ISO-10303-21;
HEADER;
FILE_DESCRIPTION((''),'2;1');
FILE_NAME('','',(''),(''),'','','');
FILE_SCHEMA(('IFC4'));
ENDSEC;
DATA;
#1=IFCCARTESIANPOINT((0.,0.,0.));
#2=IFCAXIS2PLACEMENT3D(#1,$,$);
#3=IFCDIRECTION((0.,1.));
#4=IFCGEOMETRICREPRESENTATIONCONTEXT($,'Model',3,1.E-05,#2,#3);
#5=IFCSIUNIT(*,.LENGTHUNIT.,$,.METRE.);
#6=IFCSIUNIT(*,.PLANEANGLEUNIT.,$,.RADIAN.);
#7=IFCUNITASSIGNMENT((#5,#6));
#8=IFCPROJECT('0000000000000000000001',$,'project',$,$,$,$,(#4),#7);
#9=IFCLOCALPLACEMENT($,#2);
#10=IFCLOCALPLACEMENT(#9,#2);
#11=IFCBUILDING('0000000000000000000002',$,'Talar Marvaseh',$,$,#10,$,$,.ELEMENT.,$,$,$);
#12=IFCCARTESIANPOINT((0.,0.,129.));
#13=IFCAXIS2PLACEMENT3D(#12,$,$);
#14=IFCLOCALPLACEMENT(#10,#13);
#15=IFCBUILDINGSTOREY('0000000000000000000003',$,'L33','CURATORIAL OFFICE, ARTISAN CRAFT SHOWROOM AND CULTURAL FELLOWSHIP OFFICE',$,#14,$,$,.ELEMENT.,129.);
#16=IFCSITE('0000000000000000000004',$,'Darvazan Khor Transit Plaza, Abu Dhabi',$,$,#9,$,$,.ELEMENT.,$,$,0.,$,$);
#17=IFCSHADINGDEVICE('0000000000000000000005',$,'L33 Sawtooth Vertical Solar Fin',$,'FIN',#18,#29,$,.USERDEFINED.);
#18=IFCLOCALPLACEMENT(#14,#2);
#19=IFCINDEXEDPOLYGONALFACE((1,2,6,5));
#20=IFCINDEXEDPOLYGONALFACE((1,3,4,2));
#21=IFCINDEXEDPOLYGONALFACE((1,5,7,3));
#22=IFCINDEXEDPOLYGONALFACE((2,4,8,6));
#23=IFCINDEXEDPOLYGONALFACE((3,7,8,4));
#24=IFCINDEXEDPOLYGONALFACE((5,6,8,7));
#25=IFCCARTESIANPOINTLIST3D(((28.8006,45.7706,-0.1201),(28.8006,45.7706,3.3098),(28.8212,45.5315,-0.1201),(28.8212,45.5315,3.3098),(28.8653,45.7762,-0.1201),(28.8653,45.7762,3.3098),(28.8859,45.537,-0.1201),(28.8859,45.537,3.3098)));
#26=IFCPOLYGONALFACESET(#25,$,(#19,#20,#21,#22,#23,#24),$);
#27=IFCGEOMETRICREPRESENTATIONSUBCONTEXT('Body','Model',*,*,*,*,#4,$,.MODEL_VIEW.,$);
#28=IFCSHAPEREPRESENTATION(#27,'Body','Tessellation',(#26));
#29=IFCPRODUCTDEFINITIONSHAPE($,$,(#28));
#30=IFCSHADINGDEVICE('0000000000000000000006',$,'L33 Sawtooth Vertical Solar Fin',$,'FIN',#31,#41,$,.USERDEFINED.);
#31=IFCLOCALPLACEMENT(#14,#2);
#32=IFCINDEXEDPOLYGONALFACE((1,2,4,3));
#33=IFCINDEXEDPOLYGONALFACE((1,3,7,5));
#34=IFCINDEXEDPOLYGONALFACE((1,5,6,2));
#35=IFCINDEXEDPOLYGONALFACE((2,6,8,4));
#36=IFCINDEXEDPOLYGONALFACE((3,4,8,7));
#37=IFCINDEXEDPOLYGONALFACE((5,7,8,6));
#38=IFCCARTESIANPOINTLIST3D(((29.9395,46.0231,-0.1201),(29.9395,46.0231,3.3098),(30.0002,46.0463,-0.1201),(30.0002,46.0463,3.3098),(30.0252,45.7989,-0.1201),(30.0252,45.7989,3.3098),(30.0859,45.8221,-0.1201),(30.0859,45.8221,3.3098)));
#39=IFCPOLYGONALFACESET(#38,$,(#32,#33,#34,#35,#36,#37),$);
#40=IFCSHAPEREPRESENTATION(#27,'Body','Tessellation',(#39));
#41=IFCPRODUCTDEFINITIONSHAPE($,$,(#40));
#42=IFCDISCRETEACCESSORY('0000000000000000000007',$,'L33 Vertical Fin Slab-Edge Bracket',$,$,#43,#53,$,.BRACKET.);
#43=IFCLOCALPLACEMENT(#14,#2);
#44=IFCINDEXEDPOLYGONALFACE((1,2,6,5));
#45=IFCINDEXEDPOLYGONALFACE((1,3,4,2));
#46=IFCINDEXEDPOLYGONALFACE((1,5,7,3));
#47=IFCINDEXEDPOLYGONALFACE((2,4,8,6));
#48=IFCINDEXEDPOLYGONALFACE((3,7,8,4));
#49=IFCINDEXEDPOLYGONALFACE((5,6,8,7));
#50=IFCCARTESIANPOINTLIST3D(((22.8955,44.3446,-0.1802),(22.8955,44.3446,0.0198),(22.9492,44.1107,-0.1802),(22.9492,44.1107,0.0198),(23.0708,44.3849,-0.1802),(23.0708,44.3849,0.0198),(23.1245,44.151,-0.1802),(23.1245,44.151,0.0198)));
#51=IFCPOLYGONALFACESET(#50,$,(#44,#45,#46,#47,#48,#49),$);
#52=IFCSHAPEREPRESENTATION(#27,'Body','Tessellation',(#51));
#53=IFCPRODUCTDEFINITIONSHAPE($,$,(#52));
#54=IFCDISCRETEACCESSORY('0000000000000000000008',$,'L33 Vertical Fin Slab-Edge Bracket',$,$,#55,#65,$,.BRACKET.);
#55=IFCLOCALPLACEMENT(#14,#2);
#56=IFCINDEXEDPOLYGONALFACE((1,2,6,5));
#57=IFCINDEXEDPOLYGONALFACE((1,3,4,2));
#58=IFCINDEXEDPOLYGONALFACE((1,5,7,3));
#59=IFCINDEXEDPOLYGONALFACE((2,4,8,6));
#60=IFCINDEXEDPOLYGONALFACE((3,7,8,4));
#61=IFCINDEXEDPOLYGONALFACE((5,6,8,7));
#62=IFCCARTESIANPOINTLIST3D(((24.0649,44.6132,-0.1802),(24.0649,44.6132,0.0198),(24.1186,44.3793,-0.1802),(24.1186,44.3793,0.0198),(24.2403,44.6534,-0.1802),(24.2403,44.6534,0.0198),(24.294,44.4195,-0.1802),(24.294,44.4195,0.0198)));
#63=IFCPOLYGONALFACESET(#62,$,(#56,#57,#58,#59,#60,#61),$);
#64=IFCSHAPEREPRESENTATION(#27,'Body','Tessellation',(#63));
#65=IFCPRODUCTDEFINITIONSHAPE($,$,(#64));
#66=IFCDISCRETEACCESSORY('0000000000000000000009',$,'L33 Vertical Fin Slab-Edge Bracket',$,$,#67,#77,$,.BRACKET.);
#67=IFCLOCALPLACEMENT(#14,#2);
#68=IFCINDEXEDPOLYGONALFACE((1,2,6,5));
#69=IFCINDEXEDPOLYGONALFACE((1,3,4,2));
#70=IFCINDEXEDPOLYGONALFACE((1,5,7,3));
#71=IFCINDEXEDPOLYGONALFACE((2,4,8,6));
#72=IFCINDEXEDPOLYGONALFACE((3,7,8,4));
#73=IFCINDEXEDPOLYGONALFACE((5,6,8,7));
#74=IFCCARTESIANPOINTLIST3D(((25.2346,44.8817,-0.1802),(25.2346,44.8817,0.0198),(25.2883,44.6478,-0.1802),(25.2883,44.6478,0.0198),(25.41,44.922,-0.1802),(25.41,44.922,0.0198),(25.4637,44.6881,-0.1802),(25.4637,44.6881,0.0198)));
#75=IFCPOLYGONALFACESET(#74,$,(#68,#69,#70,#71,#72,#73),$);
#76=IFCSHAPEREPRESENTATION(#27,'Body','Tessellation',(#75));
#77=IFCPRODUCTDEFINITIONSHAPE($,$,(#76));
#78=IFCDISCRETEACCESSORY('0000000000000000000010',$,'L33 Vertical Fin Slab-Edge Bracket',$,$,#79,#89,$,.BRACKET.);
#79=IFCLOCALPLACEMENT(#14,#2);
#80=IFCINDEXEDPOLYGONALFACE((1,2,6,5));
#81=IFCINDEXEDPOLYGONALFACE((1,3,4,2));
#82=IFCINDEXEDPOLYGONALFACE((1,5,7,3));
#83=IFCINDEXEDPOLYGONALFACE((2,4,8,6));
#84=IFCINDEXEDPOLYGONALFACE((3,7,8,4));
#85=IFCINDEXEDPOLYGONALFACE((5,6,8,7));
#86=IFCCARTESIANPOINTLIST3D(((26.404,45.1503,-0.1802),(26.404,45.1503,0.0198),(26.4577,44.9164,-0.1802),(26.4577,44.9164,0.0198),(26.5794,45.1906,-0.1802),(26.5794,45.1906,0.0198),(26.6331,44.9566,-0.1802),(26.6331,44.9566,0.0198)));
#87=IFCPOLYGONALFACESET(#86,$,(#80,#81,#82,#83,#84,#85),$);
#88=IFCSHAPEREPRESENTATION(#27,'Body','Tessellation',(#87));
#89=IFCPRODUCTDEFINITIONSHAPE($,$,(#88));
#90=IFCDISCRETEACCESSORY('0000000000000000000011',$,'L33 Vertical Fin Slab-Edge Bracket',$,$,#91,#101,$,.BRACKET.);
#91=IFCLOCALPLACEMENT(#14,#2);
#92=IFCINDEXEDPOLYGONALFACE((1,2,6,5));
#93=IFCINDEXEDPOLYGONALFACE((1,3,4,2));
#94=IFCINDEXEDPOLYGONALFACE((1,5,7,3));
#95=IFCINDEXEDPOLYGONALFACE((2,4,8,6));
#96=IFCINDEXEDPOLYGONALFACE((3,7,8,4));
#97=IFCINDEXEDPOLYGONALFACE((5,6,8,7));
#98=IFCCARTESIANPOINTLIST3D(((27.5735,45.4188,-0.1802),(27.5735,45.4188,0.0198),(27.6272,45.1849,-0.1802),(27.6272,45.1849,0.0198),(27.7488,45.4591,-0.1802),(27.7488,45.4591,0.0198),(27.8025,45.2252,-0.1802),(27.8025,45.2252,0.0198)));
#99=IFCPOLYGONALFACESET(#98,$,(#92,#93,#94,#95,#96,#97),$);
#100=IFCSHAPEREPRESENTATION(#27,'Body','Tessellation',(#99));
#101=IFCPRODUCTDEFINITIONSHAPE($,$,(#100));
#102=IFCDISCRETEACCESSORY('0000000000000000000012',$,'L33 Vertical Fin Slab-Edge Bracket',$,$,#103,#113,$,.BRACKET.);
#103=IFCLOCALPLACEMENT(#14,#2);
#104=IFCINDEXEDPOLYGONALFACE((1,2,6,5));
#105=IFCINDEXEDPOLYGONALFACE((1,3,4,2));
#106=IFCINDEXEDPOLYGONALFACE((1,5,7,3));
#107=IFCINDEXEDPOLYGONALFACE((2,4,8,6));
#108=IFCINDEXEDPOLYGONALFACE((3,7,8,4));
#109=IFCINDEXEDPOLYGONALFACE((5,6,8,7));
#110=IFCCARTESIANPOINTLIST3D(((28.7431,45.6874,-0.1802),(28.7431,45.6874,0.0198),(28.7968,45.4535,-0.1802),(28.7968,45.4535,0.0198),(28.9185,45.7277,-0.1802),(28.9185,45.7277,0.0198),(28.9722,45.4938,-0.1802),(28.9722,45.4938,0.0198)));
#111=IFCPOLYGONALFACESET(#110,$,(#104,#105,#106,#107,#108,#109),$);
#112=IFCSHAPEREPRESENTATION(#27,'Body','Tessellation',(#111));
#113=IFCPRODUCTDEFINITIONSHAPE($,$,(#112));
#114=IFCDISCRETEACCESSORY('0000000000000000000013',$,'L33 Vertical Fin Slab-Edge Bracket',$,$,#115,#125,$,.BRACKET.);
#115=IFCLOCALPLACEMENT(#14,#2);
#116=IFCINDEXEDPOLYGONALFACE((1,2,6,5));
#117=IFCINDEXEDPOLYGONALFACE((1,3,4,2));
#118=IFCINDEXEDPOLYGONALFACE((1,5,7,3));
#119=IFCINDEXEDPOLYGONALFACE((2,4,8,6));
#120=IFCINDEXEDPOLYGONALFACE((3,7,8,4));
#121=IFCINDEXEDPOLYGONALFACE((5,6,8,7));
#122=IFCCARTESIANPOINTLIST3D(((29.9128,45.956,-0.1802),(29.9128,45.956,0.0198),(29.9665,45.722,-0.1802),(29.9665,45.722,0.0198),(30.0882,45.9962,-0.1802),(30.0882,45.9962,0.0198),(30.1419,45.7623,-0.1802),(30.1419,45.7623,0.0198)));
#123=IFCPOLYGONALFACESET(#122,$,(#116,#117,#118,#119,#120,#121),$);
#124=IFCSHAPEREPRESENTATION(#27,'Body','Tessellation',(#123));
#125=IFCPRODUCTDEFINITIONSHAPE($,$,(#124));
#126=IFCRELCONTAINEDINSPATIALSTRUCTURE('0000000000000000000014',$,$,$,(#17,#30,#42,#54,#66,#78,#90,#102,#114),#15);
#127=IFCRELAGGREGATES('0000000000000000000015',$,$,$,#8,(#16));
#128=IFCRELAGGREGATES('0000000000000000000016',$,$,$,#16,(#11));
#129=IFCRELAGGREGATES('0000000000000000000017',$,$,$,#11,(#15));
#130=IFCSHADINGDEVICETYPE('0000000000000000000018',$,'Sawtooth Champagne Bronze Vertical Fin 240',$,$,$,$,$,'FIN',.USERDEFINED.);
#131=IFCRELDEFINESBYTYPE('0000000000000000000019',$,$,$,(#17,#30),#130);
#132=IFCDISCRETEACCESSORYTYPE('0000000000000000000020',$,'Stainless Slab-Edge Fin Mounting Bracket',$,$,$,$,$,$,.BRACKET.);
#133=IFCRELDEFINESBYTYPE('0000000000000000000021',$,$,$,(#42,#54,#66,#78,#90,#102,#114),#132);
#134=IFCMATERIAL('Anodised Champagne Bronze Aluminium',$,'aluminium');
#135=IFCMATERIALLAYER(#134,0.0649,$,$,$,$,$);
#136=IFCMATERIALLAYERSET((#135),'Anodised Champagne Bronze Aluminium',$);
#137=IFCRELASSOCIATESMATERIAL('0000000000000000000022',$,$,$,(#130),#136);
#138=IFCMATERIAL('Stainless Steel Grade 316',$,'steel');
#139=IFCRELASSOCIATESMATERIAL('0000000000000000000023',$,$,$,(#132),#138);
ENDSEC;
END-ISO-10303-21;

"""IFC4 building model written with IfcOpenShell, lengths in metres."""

from ifc_helpers import new_model, si_unit, direction, frame, origin, origin_2d, place, context, subcontext, project, spatial, rectangle, extrude, source, transform, mapped, material, layer, layer_set, type_object, type_shapes, element, save


model = new_model("IFC4")

# Units and contexts
model_context = context("Model", 3, precision=1e-05, world=origin(), true_north=direction((0.0, 1.0)))
body_context = subcontext(model_context, "Body", "Model", "MODEL_VIEW")
ifc_project = project(units=[si_unit("LENGTHUNIT", "METRE"), si_unit("PLANEANGLEUNIT", "RADIAN")], contexts=[model_context])

# Site, building, storey
site_placement = place(None, origin())
site = spatial("IfcSite", under=ifc_project, at=site_placement, Name="Darvazan Khor Transit Plaza, Abu Dhabi", CompositionType="ELEMENT", RefElevation=0.0)
building_placement = place(site_placement, origin())
building = spatial("IfcBuilding", under=site, at=building_placement, Name="Talar Marvaseh", CompositionType="ELEMENT")
storey_placement = place(building_placement, frame((0.0, 0.0, 129.0)))
storey = spatial("IfcBuildingStorey", under=building, at=storey_placement, Name="L33", Description="CURATORIAL OFFICE, ARTISAN CRAFT SHOWROOM AND CULTURAL FELLOWSHIP OFFICE", CompositionType="ELEMENT", Elevation=129.0)

# Shading devices
ifc_material_1 = material(Name="Anodised Champagne Bronze Aluminium", Category="aluminium")
ifc_layer_1 = layer(ifc_material_1, 0.0649)
ifc_layer_set_1 = layer_set([ifc_layer_1], Name="Anodised Champagne Bronze Aluminium")
shading_device_type = type_object("IfcShadingDeviceType", Name="Sawtooth Champagne Bronze Vertical Fin 240", ElementType="FIN", PredefinedType="USERDEFINED", material=ifc_layer_set_1)
shared_shape_1 = source(origin(), body_context, "Body", "SweptSolid", [
    extrude(rectangle(XDim=0.24, YDim=0.0649, at=origin_2d()), origin(), (0.0, 0.0, 1.0), 3.4299),
])
type_shapes(shading_device_type, [shared_shape_1])
for number, where, z_axis, x_axis, name in (
    (1, (28.8433, 45.6538, -0.1201), (0.0, 0.0, 1.0), (-0.085939, 0.9963, 0.0), "L33 Sawtooth Vertical Solar Fin"),
    (2, (30.0127, 45.9226, -0.1201), (0.0, 0.0, 1.0), (-0.357227, 0.934018, 0.0), "L33 Sawtooth Vertical Solar Fin"),
):
    element("IfcShadingDevice", number, at=place(storey_placement, frame(where, z_axis=z_axis, x_axis=x_axis)), inside=storey, type_object=shading_device_type, Name=name, ObjectType="FIN", PredefinedType="USERDEFINED", context=body_context, shape_type="MappedRepresentation", body=[
        mapped(shared_shape_1, transform((0.0, 0.0, 0.0), x_axis=(1.0, 0.0, 0.0), y_axis=(0.0, 1.0, 0.0), z_axis=(0.0, 0.0, 1.0), scale=1.0)),
    ])

# Discrete accessories
ifc_material_2 = material(Name="Stainless Steel Grade 316", Category="steel")
discrete_accessory_type = type_object("IfcDiscreteAccessoryType", Name="Stainless Slab-Edge Fin Mounting Bracket", PredefinedType="BRACKET", material=ifc_material_2)
shared_shape_2 = source(origin(), body_context, "Body", "SweptSolid", [
    extrude(rectangle(XDim=0.24, YDim=0.1799, at=origin_2d()), origin(), (0.0, 0.0, 1.0), 0.2),
])
type_shapes(discrete_accessory_type, [shared_shape_2])
for number, where, z_axis, x_axis, name in (
    (3, (23.01, 44.2478, -0.1802), (0.0, 0.0, 1.0), (-0.22376, 0.974644, 0.0), "L33 Vertical Fin Slab-Edge Bracket"),
    (4, (24.1794, 44.5164, -0.1802), (0.0, 0.0, 1.0), (-0.22376, 0.974644, 0.0), "L33 Vertical Fin Slab-Edge Bracket"),
    (5, (25.3491, 44.7849, -0.1802), (0.0, 0.0, 1.0), (-0.22376, 0.974644, 0.0), "L33 Vertical Fin Slab-Edge Bracket"),
    (6, (26.5186, 45.0535, -0.1802), (0.0, 0.0, 1.0), (-0.22376, 0.974644, 0.0), "L33 Vertical Fin Slab-Edge Bracket"),
    (7, (27.688, 45.322, -0.1802), (0.0, 0.0, 1.0), (-0.22376, 0.974644, 0.0), "L33 Vertical Fin Slab-Edge Bracket"),
    (8, (28.8577, 45.5906, -0.1802), (0.0, 0.0, 1.0), (-0.22376, 0.974644, 0.0), "L33 Vertical Fin Slab-Edge Bracket"),
    (9, (30.0273, 45.8591, -0.1802), (0.0, 0.0, 1.0), (-0.22376, 0.974644, 0.0), "L33 Vertical Fin Slab-Edge Bracket"),
):
    element("IfcDiscreteAccessory", number, at=place(storey_placement, frame(where, z_axis=z_axis, x_axis=x_axis)), inside=storey, type_object=discrete_accessory_type, Name=name, PredefinedType="BRACKET", context=body_context, shape_type="MappedRepresentation", body=[
        mapped(shared_shape_2, transform((0.0, 0.0, 0.0), x_axis=(1.0, 0.0, 0.0), y_axis=(0.0, 1.0, 0.0), z_axis=(0.0, 0.0, 1.0), scale=1.0)),
    ])

save(model, "model.ifc")
